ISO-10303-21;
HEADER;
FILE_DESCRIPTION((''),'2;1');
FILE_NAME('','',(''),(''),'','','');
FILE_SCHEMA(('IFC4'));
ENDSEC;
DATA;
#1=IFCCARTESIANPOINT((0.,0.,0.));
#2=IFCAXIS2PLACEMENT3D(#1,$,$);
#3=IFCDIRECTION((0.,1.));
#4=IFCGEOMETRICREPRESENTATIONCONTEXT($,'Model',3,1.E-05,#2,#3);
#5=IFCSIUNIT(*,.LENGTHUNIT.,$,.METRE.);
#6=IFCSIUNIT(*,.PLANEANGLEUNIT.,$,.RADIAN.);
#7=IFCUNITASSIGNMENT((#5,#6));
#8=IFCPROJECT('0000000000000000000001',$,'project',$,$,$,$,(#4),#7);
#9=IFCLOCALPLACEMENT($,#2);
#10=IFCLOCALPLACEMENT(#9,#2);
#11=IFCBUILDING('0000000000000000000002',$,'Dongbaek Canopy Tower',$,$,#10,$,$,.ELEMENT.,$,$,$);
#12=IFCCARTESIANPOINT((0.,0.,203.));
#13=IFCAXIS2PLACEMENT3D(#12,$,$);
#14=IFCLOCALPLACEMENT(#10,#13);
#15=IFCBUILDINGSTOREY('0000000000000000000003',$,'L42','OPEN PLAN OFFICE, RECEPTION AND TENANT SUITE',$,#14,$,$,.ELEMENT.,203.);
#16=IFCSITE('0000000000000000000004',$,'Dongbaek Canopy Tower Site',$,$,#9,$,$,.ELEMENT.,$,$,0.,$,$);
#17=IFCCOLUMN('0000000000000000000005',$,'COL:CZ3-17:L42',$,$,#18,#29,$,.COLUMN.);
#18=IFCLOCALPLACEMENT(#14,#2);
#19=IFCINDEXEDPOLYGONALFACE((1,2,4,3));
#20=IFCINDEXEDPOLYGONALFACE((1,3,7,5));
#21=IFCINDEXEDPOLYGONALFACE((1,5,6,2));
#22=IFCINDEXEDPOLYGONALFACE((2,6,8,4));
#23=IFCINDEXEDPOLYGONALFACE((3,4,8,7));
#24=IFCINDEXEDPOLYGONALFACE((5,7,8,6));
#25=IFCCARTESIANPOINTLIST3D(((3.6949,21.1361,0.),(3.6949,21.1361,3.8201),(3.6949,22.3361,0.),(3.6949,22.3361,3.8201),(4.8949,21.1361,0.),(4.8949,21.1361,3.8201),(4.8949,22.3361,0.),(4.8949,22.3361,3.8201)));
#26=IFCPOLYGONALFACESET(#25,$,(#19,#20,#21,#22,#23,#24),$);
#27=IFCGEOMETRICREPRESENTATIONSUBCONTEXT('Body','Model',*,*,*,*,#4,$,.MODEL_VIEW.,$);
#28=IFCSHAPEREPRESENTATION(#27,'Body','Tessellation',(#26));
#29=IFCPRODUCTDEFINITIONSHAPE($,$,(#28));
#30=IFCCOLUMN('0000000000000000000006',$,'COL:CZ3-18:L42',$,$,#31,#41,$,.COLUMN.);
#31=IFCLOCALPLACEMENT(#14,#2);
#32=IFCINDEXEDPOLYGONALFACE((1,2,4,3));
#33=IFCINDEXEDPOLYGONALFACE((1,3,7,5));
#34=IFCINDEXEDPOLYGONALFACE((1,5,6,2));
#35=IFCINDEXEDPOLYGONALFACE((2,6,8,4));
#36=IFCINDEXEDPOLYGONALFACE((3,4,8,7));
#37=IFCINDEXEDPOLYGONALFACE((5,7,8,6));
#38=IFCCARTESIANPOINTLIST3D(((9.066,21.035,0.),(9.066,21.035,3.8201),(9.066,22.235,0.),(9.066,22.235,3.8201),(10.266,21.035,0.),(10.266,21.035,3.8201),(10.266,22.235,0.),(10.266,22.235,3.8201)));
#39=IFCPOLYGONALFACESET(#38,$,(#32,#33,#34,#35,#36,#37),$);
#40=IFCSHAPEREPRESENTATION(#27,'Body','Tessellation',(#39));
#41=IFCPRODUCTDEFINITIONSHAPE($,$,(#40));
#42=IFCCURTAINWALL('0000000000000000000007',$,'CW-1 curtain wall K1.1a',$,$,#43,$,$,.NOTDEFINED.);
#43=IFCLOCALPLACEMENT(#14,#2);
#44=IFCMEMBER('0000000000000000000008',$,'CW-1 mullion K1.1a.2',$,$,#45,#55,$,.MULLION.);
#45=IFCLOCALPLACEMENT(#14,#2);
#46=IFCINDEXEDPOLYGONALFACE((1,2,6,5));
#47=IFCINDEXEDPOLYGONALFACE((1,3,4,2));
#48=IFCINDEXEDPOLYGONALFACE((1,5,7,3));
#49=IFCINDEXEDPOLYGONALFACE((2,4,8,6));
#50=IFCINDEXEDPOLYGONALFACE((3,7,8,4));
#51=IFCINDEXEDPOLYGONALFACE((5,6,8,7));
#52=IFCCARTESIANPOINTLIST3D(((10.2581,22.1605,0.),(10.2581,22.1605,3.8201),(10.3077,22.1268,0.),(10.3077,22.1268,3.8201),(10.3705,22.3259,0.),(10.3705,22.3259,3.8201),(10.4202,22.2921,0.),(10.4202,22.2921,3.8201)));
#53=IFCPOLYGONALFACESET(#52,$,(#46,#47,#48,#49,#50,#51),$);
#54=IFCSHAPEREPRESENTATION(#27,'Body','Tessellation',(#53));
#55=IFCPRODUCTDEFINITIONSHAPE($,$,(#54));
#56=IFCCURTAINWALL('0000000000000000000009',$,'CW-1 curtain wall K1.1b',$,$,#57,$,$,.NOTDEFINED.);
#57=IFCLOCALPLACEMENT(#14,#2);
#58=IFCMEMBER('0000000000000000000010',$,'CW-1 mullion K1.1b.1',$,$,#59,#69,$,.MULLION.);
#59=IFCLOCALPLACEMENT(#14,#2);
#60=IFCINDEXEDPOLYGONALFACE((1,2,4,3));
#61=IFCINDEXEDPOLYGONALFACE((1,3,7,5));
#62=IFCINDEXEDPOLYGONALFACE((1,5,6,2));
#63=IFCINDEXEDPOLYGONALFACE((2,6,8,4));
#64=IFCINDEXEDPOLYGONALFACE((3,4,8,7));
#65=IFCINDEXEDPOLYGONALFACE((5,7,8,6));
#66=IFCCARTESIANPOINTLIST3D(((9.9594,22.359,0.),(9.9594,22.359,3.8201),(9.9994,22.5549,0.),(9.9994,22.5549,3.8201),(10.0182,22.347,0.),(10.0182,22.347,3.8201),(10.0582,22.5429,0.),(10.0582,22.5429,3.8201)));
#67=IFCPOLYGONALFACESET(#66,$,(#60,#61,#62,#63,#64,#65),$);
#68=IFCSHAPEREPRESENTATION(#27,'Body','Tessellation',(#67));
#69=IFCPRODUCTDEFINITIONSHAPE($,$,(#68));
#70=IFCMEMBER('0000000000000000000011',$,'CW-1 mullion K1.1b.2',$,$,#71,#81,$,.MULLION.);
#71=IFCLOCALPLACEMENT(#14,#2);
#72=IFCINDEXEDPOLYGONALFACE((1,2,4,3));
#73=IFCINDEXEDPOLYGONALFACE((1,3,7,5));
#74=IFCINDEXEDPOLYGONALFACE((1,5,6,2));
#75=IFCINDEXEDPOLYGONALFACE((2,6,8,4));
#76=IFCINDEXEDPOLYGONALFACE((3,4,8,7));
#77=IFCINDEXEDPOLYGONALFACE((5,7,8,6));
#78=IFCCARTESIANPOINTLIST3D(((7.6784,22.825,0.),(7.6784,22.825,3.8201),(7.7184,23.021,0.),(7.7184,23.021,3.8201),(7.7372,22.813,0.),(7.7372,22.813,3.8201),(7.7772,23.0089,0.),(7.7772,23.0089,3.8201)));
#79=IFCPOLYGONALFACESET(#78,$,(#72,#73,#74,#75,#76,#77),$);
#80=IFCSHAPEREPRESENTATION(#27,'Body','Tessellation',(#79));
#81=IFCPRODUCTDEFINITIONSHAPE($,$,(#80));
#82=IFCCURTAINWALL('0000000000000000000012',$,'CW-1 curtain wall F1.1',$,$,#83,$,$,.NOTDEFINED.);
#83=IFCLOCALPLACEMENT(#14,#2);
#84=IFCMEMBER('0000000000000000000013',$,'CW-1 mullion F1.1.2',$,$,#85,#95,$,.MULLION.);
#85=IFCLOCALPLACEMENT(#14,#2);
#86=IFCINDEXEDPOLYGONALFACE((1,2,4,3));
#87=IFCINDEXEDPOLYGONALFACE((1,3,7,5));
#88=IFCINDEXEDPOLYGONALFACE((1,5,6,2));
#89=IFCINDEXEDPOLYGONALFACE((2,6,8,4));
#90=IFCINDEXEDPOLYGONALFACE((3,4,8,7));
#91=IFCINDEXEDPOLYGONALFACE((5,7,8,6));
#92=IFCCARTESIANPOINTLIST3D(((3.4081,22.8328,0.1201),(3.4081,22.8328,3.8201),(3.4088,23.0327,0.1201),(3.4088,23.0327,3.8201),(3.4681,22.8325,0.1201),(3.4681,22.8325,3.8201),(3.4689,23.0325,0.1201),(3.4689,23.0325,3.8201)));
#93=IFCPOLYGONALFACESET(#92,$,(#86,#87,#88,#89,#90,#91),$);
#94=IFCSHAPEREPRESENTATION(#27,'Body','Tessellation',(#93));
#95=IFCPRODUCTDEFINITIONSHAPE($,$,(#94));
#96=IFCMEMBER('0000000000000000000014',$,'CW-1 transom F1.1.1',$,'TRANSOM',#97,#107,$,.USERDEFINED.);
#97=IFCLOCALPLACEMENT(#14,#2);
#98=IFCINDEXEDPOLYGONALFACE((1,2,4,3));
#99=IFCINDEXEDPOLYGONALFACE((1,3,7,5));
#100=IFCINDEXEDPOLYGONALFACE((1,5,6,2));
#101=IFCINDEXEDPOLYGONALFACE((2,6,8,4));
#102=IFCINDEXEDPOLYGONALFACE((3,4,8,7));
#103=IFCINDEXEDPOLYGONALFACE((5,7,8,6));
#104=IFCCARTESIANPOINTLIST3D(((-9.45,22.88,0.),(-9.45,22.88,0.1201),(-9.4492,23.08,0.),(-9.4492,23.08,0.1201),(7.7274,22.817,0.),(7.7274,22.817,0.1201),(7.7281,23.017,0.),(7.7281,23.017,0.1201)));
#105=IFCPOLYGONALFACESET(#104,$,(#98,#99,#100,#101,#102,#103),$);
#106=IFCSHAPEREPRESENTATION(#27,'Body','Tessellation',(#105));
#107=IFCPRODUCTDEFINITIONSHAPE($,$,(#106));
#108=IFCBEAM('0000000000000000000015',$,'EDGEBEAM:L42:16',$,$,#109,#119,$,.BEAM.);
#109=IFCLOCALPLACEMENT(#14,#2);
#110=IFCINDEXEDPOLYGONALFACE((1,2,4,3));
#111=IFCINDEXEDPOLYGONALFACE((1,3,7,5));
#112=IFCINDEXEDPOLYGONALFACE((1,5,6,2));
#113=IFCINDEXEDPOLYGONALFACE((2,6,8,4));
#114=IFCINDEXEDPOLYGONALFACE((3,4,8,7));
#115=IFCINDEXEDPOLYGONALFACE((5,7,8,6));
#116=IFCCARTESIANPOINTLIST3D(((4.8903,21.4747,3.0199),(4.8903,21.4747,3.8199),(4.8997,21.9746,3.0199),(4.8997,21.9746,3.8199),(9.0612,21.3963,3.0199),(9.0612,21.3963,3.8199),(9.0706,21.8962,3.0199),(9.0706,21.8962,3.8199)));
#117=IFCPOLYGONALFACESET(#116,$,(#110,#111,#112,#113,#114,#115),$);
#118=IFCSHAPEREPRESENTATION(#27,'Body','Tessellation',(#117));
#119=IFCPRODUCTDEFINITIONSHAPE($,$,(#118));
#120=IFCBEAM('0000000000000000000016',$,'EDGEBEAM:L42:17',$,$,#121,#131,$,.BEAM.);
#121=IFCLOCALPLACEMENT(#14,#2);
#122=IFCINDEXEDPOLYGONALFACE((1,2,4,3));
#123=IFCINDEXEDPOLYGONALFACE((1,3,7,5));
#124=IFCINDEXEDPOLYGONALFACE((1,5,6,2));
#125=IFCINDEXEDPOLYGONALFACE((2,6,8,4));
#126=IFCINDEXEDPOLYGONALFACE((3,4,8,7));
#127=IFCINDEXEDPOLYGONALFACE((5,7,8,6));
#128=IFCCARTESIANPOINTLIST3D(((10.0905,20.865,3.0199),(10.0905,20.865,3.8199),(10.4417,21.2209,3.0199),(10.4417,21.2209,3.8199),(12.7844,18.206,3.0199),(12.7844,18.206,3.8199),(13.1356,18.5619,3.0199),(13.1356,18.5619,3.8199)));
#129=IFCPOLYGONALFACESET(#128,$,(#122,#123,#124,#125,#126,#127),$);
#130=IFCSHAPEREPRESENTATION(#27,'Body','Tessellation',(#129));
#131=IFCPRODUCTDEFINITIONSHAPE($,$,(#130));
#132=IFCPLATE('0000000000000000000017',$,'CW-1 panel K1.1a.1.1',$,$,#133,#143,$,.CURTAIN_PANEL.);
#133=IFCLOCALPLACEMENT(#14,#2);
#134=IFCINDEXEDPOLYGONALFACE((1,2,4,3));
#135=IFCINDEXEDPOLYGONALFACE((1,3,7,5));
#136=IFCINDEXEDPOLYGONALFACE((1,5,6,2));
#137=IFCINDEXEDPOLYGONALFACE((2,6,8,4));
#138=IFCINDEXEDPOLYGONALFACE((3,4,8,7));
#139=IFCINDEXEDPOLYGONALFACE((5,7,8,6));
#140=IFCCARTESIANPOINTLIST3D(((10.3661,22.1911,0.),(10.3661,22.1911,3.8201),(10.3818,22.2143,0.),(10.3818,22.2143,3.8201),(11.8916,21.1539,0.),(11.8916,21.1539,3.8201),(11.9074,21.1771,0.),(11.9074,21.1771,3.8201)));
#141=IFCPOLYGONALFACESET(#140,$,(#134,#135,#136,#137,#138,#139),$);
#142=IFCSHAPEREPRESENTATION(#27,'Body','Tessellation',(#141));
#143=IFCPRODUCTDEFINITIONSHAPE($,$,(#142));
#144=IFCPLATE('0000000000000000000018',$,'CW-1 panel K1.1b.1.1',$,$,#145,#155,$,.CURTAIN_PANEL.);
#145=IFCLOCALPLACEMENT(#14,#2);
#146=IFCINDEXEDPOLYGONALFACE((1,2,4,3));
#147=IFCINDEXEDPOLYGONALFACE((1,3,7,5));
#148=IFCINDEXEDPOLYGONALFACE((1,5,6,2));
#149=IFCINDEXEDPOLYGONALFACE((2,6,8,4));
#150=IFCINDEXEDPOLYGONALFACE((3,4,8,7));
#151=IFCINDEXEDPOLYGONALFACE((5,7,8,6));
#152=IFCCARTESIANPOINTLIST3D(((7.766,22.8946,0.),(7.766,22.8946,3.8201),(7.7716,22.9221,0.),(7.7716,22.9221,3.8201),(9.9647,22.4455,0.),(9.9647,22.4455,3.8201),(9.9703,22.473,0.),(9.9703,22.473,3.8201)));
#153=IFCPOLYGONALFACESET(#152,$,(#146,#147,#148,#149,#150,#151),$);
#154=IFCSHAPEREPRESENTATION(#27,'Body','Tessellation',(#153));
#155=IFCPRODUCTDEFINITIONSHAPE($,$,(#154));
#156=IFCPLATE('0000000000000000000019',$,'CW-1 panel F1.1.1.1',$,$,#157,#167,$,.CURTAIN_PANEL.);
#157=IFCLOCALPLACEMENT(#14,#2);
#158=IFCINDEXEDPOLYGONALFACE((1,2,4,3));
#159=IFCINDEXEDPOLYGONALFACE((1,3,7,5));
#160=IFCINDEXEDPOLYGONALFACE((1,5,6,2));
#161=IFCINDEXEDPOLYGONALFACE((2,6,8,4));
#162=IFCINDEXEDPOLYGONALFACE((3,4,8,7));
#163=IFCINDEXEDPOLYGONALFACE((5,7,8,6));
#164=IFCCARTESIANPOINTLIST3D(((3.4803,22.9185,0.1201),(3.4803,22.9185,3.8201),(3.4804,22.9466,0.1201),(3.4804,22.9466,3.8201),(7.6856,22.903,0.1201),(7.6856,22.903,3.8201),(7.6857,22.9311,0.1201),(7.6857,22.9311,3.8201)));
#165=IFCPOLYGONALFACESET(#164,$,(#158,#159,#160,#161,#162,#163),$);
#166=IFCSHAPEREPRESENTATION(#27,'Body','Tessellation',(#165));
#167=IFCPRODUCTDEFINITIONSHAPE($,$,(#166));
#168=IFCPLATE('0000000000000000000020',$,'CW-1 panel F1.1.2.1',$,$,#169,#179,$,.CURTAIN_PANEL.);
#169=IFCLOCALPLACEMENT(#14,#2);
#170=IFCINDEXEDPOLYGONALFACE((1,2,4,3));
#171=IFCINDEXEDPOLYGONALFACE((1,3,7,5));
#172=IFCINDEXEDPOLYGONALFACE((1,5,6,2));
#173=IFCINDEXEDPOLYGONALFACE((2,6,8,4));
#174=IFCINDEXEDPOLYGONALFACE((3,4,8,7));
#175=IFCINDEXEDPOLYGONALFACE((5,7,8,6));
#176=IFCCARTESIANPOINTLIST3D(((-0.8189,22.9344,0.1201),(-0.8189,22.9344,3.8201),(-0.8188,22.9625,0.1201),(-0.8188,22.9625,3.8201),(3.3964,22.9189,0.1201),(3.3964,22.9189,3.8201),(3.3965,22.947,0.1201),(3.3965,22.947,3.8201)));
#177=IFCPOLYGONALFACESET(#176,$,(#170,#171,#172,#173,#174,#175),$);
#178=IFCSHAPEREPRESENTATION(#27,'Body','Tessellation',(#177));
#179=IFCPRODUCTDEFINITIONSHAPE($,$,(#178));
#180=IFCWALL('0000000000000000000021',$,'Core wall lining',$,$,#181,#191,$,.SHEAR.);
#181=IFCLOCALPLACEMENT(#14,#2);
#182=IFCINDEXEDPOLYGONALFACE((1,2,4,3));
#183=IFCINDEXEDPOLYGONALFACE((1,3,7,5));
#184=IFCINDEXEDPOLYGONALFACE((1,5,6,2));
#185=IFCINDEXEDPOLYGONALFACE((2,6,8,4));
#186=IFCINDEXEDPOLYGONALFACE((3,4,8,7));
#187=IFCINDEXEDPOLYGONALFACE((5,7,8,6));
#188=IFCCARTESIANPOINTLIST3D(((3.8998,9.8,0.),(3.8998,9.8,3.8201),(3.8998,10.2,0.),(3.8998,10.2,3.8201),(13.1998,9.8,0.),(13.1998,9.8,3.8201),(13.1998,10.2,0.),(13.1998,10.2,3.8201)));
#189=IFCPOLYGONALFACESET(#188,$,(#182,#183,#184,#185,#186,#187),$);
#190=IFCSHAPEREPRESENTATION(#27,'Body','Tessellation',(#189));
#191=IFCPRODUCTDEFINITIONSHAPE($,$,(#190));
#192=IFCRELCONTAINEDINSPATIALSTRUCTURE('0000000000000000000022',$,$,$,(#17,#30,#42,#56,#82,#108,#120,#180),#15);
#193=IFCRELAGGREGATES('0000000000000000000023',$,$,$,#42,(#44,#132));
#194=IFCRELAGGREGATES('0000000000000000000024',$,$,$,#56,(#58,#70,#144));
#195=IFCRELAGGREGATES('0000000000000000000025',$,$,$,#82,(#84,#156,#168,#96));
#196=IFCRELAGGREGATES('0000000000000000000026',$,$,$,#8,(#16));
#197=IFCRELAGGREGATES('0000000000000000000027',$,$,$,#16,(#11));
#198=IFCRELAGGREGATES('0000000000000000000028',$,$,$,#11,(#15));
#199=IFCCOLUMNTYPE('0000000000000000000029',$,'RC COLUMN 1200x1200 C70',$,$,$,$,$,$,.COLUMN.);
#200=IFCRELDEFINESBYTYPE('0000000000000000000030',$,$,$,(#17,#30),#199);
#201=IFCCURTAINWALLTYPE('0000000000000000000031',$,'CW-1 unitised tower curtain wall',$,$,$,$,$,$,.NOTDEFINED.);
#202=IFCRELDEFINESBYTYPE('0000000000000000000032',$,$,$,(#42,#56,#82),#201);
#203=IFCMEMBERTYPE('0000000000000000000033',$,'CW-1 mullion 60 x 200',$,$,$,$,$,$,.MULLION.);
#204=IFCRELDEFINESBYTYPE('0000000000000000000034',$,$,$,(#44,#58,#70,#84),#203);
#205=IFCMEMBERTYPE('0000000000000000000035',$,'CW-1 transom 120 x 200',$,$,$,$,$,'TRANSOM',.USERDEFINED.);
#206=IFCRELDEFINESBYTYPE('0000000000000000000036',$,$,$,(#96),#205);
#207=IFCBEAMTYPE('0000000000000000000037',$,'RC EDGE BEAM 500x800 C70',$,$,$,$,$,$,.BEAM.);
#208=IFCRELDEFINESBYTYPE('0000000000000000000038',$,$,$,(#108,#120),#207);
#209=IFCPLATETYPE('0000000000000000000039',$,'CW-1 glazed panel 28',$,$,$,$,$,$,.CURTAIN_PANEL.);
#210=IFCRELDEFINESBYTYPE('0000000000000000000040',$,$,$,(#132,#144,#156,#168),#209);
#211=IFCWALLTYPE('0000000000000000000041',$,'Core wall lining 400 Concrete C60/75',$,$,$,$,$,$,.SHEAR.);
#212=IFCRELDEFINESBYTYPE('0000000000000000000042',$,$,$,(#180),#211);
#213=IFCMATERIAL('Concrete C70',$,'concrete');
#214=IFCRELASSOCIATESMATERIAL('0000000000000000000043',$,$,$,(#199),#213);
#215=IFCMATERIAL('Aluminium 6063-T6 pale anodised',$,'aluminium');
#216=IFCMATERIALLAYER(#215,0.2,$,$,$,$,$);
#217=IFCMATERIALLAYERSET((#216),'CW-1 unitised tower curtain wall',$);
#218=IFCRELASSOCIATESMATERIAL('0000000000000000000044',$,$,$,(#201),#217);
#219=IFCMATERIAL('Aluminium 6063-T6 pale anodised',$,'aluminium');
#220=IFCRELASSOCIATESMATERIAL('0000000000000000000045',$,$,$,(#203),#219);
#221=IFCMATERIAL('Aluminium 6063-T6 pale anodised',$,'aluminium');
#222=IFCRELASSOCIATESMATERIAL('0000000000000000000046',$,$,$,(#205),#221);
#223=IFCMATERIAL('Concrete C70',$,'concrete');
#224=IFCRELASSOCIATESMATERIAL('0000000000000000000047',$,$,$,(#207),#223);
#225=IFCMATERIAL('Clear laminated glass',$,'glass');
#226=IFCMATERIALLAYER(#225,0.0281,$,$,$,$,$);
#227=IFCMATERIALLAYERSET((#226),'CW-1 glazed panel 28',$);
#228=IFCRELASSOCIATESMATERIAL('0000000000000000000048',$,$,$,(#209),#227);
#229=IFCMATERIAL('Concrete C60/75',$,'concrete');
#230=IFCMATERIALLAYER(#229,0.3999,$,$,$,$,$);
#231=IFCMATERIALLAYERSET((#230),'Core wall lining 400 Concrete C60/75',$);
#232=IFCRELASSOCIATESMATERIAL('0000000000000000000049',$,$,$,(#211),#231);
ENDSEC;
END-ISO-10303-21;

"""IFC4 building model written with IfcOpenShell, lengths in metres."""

from ifc_helpers import new_model, si_unit, direction, frame, frame_2d, origin, origin_2d, place, context, subcontext, project, spatial, rectangle, extrude, material, layer, layer_set, material_profile, profile_set, type_object, element, aggregate, save


model = new_model("IFC4")

# Units and contexts
model_context = context("Model", 3, precision=1e-05, world=origin(), true_north=direction((0.0, 1.0)))
body_context = subcontext(model_context, "Body", "Model", "MODEL_VIEW")
ifc_project = project(units=[si_unit("LENGTHUNIT", "METRE"), si_unit("PLANEANGLEUNIT", "RADIAN")], contexts=[model_context])

# Site, building, storey
site_placement = place(None, origin())
site = spatial("IfcSite", under=ifc_project, at=site_placement, Name="Dongbaek Canopy Tower Site", CompositionType="ELEMENT", RefElevation=0.0)
building_placement = place(site_placement, origin())
building = spatial("IfcBuilding", under=site, at=building_placement, Name="Dongbaek Canopy Tower", CompositionType="ELEMENT")
storey_placement = place(building_placement, frame((0.0, 0.0, 203.0)))
storey = spatial("IfcBuildingStorey", under=building, at=storey_placement, Name="L42", Description="OPEN PLAN OFFICE, RECEPTION AND TENANT SUITE", CompositionType="ELEMENT", Elevation=203.0)

# Columns
ifc_material_1 = material(Name="Concrete C70", Category="concrete")
ifc_material_profile_1 = material_profile(ifc_material_1, rectangle(XDim=1.2, YDim=1.2, at=origin_2d()), Name="RC COLUMN 1200x1200 C70")
ifc_profile_set_1 = profile_set([ifc_material_profile_1], Name="Concrete C70")
column_type = type_object("IfcColumnType", Name="RC COLUMN 1200x1200 C70", PredefinedType="COLUMN", material=ifc_profile_set_1)
for number, where, z_axis, x_axis, name in (
    (1, (4.2949, 21.7361, 0.0), (0.0, 0.0, 1.0), (1.0, 0.0, 0.0), "COL:CZ3-17:L42"),
    (2, (9.666, 21.635, 0.0), (0.0, 0.0, 1.0), (1.0, 0.0, 0.0), "COL:CZ3-18:L42"),
):
    element("IfcColumn", number, at=place(storey_placement, frame(where, z_axis=z_axis, x_axis=x_axis)), inside=storey, type_object=column_type, Name=name, PredefinedType="COLUMN", context=body_context, shape_type="SweptSolid", body=[
        extrude(rectangle(XDim=1.2, YDim=1.2, at=origin_2d()), origin(), (0.0, 0.0, 1.0), 3.8201),
    ])

# Curtain wall, member
ifc_material_2 = material(Name="Aluminium 6063-T6 pale anodised", Category="aluminium")
ifc_layer_1 = layer(ifc_material_2, 0.2)
ifc_layer_set_1 = layer_set([ifc_layer_1], Name="CW-1 unitised tower curtain wall")
curtain_wall_type = type_object("IfcCurtainWallType", Name="CW-1 unitised tower curtain wall", PredefinedType="NOTDEFINED", material=ifc_layer_set_1)
curtain_wall_1_placement = place(storey_placement, origin())
curtain_wall_1 = element("IfcCurtainWall", 3, at=curtain_wall_1_placement, inside=storey, type_object=curtain_wall_type, Name="CW-1 curtain wall K1.1a", PredefinedType="NOTDEFINED")
ifc_material_3 = material(Name="Aluminium 6063-T6 pale anodised", Category="aluminium")
ifc_material_profile_2 = material_profile(ifc_material_3, rectangle(XDim=0.2, YDim=0.0601, at=origin_2d()), Name="CW-1 mullion 60 x 200")
ifc_profile_set_2 = profile_set([ifc_material_profile_2], Name="Aluminium 6063-T6 pale anodised")
member_type_1 = type_object("IfcMemberType", Name="CW-1 mullion 60 x 200", PredefinedType="MULLION", material=ifc_profile_set_2)
member_1_placement = place(storey_placement, frame((10.3391, 22.2263, 0.0), z_axis=(0.0, 0.0, 1.0), x_axis=(0.562232, 0.82698, 0.0)))
member_1 = element("IfcMember", 4, at=member_1_placement, type_object=member_type_1, Name="CW-1 mullion K1.1a.2", PredefinedType="MULLION", context=body_context, shape_type="SweptSolid", body=[
    extrude(rectangle(XDim=0.2, YDim=0.0601, at=origin_2d()), origin(), (0.0, 0.0, 1.0), 3.8201),
])

# Curtain walls, members
curtain_wall_2_placement = place(storey_placement, origin())
curtain_wall_2 = element("IfcCurtainWall", 5, at=curtain_wall_2_placement, inside=storey, type_object=curtain_wall_type, Name="CW-1 curtain wall K1.1b", PredefinedType="NOTDEFINED")
member_2_placement = place(storey_placement, frame((10.0088, 22.4509, 0.0), z_axis=(0.0, 0.0, 1.0), x_axis=(0.200117, 0.979772, 0.0)))
member_2 = element("IfcMember", 6, at=member_2_placement, type_object=member_type_1, Name="CW-1 mullion K1.1b.1", PredefinedType="MULLION", context=body_context, shape_type="SweptSolid", body=[
    extrude(rectangle(XDim=0.2, YDim=0.0601, at=origin_2d()), origin(), (0.0, 0.0, 1.0), 3.8201),
])
member_3_placement = place(storey_placement, frame((7.7278, 22.917, 0.0), z_axis=(0.0, 0.0, 1.0), x_axis=(0.200117, 0.979772, 0.0)))
member_3 = element("IfcMember", 7, at=member_3_placement, type_object=member_type_1, Name="CW-1 mullion K1.1b.2", PredefinedType="MULLION", context=body_context, shape_type="SweptSolid", body=[
    extrude(rectangle(XDim=0.2, YDim=0.0601, at=origin_2d()), origin(), (0.0, 0.0, 1.0), 3.8201),
])
curtain_wall_3_placement = place(storey_placement, origin())
curtain_wall_3 = element("IfcCurtainWall", 8, at=curtain_wall_3_placement, inside=storey, type_object=curtain_wall_type, Name="CW-1 curtain wall F1.1", PredefinedType="NOTDEFINED")
member_4_placement = place(storey_placement, frame((3.4385, 22.9326, 0.1201), z_axis=(0.0, 0.0, 1.0), x_axis=(0.003675, 0.999993, 0.0)))
member_4 = element("IfcMember", 9, at=member_4_placement, type_object=member_type_1, Name="CW-1 mullion F1.1.2", PredefinedType="MULLION", context=body_context, shape_type="SweptSolid", body=[
    extrude(rectangle(XDim=0.2, YDim=0.0601, at=origin_2d()), origin(), (0.0, 0.0, 1.0), 3.7),
])
ifc_material_4 = material(Name="Aluminium 6063-T6 pale anodised", Category="aluminium")
ifc_material_profile_3 = material_profile(ifc_material_4, rectangle(XDim=0.2, YDim=0.1201, at=origin_2d()), Name="CW-1 transom 120 x 200")
ifc_profile_set_3 = profile_set([ifc_material_profile_3], Name="Aluminium 6063-T6 pale anodised")
member_type_2 = type_object("IfcMemberType", Name="CW-1 transom 120 x 200", ElementType="TRANSOM", PredefinedType="USERDEFINED", material=ifc_profile_set_3)
member_5_placement = place(storey_placement, frame((7.7278, 22.917, 0.0601), z_axis=(-0.999993, 0.003667, 0.0), x_axis=(-0.003667, -0.999993, 0.0)))
member_5 = element("IfcMember", 10, at=member_5_placement, type_object=member_type_2, Name="CW-1 transom F1.1.1", ObjectType="TRANSOM", PredefinedType="USERDEFINED", context=body_context, shape_type="SweptSolid", body=[
    extrude(rectangle(XDim=0.2, YDim=0.1201, at=origin_2d()), origin(), (0.0, 0.0, 1.0), 17.1775),
])

# Beams
ifc_material_5 = material(Name="Concrete C70", Category="concrete")
ifc_material_profile_4 = material_profile(ifc_material_5, rectangle(XDim=0.5, YDim=0.8, at=origin_2d()), Name="RC EDGE BEAM 500x800 C70")
ifc_profile_set_4 = profile_set([ifc_material_profile_4], Name="Concrete C70")
beam_type = type_object("IfcBeamType", Name="RC EDGE BEAM 500x800 C70", PredefinedType="BEAM", material=ifc_profile_set_4)
beam_1_placement = place(storey_placement, frame((4.895, 21.7246, 3.4199), z_axis=(0.999824, -0.018786, 0.0), x_axis=(0.018786, 0.999824, 0.0)))
element("IfcBeam", 11, at=beam_1_placement, inside=storey, type_object=beam_type, Name="EDGEBEAM:L42:16", PredefinedType="BEAM", context=body_context, shape_type="SweptSolid", body=[
    extrude(rectangle(XDim=0.5, YDim=0.8, at=origin_2d()), origin(), (0.0, 0.0, 1.0), 4.1716),
])
beam_2_placement = place(storey_placement, frame((10.2661, 21.043, 3.4199), z_axis=(0.711704, -0.70248, 0.0), x_axis=(0.70248, 0.711704, 0.0)))
element("IfcBeam", 12, at=beam_2_placement, inside=storey, type_object=beam_type, Name="EDGEBEAM:L42:17", PredefinedType="BEAM", context=body_context, shape_type="SweptSolid", body=[
    extrude(rectangle(XDim=0.5, YDim=0.8, at=origin_2d()), origin(), (0.0, 0.0, 1.0), 3.7852),
])

# Plates
ifc_material_6 = material(Name="Clear laminated glass", Category="glass")
ifc_layer_2 = layer(ifc_material_6, 0.0281)
ifc_layer_set_2 = layer_set([ifc_layer_2], Name="CW-1 glazed panel 28")
plate_type = type_object("IfcPlateType", Name="CW-1 glazed panel 28", PredefinedType="CURTAIN_PANEL", material=ifc_layer_set_2)
plate_1_placement = place(storey_placement, frame((11.1367, 21.6841, 0.0), z_axis=(0.0, 0.0, 1.0), x_axis=(-0.82698, 0.562232, 0.0)))
plate_1 = element("IfcPlate", 13, at=plate_1_placement, type_object=plate_type, Name="CW-1 panel K1.1a.1.1", PredefinedType="CURTAIN_PANEL", context=body_context, shape_type="SweptSolid", body=[
    extrude(rectangle(XDim=1.8447, YDim=0.0281, at=origin_2d()), origin(), (0.0, 0.0, 1.0), 3.8201),
])
aggregate(curtain_wall_1, [member_1, plate_1])
plate_2_placement = place(storey_placement, frame((8.8682, 22.6838, 0.0), z_axis=(0.0, 0.0, 1.0), x_axis=(-0.979772, 0.200117, 0.0)))
plate_2 = element("IfcPlate", 14, at=plate_2_placement, type_object=plate_type, Name="CW-1 panel K1.1b.1.1", PredefinedType="CURTAIN_PANEL", context=body_context, shape_type="SweptSolid", body=[
    extrude(rectangle(XDim=2.2441, YDim=0.0281, at=origin_2d()), origin(), (0.0, 0.0, 1.0), 3.8201),
])
aggregate(curtain_wall_2, [member_2, member_3, plate_2])
plate_3_placement = place(storey_placement, frame((5.583, 22.9248, 0.1201), z_axis=(0.0, 0.0, 1.0), x_axis=(-0.999993, 0.003675, 0.0)))
plate_3 = element("IfcPlate", 15, at=plate_3_placement, type_object=plate_type, Name="CW-1 panel F1.1.1.1", PredefinedType="CURTAIN_PANEL", context=body_context, shape_type="SweptSolid", body=[
    extrude(rectangle(XDim=4.2053, YDim=0.0281, at=origin_2d()), origin(), (0.0, 0.0, 1.0), 3.7),
])
plate_4_placement = place(storey_placement, frame((1.2888, 22.9407, 0.1201), z_axis=(0.0, 0.0, 1.0), x_axis=(-0.999993, 0.003675, 0.0)))
plate_4 = element("IfcPlate", 16, at=plate_4_placement, type_object=plate_type, Name="CW-1 panel F1.1.2.1", PredefinedType="CURTAIN_PANEL", context=body_context, shape_type="SweptSolid", body=[
    extrude(rectangle(XDim=4.2153, YDim=0.0281, at=origin_2d()), origin(), (0.0, 0.0, 1.0), 3.7),
])

# Wall
ifc_material_7 = material(Name="Concrete C60/75", Category="concrete")
ifc_layer_3 = layer(ifc_material_7, 0.3999)
ifc_layer_set_3 = layer_set([ifc_layer_3], Name="Core wall lining 400 Concrete C60/75")
wall_type_1 = type_object("IfcWallType", Name="Core wall lining 400 Concrete C60/75", PredefinedType="SHEAR", material=ifc_layer_set_3)
wall_1_placement = place(storey_placement, frame((3.8999, 10.0, 0.0), z_axis=(0.0, 0.0, 1.0), x_axis=(1.0, 0.0, 0.0)))
element("IfcWall", 17, at=wall_1_placement, inside=storey, type_object=wall_type_1, Name="Core wall lining", PredefinedType="SHEAR", context=body_context, shape_type="SweptSolid", body=[
    extrude(rectangle(XDim=9.3, YDim=0.3999, at=frame_2d((4.6499, 0.0))), origin(), (0.0, 0.0, 1.0), 3.8201),
])

aggregate(curtain_wall_3, [member_4, plate_3, plate_4, member_5])

save(model, "model.ifc")
